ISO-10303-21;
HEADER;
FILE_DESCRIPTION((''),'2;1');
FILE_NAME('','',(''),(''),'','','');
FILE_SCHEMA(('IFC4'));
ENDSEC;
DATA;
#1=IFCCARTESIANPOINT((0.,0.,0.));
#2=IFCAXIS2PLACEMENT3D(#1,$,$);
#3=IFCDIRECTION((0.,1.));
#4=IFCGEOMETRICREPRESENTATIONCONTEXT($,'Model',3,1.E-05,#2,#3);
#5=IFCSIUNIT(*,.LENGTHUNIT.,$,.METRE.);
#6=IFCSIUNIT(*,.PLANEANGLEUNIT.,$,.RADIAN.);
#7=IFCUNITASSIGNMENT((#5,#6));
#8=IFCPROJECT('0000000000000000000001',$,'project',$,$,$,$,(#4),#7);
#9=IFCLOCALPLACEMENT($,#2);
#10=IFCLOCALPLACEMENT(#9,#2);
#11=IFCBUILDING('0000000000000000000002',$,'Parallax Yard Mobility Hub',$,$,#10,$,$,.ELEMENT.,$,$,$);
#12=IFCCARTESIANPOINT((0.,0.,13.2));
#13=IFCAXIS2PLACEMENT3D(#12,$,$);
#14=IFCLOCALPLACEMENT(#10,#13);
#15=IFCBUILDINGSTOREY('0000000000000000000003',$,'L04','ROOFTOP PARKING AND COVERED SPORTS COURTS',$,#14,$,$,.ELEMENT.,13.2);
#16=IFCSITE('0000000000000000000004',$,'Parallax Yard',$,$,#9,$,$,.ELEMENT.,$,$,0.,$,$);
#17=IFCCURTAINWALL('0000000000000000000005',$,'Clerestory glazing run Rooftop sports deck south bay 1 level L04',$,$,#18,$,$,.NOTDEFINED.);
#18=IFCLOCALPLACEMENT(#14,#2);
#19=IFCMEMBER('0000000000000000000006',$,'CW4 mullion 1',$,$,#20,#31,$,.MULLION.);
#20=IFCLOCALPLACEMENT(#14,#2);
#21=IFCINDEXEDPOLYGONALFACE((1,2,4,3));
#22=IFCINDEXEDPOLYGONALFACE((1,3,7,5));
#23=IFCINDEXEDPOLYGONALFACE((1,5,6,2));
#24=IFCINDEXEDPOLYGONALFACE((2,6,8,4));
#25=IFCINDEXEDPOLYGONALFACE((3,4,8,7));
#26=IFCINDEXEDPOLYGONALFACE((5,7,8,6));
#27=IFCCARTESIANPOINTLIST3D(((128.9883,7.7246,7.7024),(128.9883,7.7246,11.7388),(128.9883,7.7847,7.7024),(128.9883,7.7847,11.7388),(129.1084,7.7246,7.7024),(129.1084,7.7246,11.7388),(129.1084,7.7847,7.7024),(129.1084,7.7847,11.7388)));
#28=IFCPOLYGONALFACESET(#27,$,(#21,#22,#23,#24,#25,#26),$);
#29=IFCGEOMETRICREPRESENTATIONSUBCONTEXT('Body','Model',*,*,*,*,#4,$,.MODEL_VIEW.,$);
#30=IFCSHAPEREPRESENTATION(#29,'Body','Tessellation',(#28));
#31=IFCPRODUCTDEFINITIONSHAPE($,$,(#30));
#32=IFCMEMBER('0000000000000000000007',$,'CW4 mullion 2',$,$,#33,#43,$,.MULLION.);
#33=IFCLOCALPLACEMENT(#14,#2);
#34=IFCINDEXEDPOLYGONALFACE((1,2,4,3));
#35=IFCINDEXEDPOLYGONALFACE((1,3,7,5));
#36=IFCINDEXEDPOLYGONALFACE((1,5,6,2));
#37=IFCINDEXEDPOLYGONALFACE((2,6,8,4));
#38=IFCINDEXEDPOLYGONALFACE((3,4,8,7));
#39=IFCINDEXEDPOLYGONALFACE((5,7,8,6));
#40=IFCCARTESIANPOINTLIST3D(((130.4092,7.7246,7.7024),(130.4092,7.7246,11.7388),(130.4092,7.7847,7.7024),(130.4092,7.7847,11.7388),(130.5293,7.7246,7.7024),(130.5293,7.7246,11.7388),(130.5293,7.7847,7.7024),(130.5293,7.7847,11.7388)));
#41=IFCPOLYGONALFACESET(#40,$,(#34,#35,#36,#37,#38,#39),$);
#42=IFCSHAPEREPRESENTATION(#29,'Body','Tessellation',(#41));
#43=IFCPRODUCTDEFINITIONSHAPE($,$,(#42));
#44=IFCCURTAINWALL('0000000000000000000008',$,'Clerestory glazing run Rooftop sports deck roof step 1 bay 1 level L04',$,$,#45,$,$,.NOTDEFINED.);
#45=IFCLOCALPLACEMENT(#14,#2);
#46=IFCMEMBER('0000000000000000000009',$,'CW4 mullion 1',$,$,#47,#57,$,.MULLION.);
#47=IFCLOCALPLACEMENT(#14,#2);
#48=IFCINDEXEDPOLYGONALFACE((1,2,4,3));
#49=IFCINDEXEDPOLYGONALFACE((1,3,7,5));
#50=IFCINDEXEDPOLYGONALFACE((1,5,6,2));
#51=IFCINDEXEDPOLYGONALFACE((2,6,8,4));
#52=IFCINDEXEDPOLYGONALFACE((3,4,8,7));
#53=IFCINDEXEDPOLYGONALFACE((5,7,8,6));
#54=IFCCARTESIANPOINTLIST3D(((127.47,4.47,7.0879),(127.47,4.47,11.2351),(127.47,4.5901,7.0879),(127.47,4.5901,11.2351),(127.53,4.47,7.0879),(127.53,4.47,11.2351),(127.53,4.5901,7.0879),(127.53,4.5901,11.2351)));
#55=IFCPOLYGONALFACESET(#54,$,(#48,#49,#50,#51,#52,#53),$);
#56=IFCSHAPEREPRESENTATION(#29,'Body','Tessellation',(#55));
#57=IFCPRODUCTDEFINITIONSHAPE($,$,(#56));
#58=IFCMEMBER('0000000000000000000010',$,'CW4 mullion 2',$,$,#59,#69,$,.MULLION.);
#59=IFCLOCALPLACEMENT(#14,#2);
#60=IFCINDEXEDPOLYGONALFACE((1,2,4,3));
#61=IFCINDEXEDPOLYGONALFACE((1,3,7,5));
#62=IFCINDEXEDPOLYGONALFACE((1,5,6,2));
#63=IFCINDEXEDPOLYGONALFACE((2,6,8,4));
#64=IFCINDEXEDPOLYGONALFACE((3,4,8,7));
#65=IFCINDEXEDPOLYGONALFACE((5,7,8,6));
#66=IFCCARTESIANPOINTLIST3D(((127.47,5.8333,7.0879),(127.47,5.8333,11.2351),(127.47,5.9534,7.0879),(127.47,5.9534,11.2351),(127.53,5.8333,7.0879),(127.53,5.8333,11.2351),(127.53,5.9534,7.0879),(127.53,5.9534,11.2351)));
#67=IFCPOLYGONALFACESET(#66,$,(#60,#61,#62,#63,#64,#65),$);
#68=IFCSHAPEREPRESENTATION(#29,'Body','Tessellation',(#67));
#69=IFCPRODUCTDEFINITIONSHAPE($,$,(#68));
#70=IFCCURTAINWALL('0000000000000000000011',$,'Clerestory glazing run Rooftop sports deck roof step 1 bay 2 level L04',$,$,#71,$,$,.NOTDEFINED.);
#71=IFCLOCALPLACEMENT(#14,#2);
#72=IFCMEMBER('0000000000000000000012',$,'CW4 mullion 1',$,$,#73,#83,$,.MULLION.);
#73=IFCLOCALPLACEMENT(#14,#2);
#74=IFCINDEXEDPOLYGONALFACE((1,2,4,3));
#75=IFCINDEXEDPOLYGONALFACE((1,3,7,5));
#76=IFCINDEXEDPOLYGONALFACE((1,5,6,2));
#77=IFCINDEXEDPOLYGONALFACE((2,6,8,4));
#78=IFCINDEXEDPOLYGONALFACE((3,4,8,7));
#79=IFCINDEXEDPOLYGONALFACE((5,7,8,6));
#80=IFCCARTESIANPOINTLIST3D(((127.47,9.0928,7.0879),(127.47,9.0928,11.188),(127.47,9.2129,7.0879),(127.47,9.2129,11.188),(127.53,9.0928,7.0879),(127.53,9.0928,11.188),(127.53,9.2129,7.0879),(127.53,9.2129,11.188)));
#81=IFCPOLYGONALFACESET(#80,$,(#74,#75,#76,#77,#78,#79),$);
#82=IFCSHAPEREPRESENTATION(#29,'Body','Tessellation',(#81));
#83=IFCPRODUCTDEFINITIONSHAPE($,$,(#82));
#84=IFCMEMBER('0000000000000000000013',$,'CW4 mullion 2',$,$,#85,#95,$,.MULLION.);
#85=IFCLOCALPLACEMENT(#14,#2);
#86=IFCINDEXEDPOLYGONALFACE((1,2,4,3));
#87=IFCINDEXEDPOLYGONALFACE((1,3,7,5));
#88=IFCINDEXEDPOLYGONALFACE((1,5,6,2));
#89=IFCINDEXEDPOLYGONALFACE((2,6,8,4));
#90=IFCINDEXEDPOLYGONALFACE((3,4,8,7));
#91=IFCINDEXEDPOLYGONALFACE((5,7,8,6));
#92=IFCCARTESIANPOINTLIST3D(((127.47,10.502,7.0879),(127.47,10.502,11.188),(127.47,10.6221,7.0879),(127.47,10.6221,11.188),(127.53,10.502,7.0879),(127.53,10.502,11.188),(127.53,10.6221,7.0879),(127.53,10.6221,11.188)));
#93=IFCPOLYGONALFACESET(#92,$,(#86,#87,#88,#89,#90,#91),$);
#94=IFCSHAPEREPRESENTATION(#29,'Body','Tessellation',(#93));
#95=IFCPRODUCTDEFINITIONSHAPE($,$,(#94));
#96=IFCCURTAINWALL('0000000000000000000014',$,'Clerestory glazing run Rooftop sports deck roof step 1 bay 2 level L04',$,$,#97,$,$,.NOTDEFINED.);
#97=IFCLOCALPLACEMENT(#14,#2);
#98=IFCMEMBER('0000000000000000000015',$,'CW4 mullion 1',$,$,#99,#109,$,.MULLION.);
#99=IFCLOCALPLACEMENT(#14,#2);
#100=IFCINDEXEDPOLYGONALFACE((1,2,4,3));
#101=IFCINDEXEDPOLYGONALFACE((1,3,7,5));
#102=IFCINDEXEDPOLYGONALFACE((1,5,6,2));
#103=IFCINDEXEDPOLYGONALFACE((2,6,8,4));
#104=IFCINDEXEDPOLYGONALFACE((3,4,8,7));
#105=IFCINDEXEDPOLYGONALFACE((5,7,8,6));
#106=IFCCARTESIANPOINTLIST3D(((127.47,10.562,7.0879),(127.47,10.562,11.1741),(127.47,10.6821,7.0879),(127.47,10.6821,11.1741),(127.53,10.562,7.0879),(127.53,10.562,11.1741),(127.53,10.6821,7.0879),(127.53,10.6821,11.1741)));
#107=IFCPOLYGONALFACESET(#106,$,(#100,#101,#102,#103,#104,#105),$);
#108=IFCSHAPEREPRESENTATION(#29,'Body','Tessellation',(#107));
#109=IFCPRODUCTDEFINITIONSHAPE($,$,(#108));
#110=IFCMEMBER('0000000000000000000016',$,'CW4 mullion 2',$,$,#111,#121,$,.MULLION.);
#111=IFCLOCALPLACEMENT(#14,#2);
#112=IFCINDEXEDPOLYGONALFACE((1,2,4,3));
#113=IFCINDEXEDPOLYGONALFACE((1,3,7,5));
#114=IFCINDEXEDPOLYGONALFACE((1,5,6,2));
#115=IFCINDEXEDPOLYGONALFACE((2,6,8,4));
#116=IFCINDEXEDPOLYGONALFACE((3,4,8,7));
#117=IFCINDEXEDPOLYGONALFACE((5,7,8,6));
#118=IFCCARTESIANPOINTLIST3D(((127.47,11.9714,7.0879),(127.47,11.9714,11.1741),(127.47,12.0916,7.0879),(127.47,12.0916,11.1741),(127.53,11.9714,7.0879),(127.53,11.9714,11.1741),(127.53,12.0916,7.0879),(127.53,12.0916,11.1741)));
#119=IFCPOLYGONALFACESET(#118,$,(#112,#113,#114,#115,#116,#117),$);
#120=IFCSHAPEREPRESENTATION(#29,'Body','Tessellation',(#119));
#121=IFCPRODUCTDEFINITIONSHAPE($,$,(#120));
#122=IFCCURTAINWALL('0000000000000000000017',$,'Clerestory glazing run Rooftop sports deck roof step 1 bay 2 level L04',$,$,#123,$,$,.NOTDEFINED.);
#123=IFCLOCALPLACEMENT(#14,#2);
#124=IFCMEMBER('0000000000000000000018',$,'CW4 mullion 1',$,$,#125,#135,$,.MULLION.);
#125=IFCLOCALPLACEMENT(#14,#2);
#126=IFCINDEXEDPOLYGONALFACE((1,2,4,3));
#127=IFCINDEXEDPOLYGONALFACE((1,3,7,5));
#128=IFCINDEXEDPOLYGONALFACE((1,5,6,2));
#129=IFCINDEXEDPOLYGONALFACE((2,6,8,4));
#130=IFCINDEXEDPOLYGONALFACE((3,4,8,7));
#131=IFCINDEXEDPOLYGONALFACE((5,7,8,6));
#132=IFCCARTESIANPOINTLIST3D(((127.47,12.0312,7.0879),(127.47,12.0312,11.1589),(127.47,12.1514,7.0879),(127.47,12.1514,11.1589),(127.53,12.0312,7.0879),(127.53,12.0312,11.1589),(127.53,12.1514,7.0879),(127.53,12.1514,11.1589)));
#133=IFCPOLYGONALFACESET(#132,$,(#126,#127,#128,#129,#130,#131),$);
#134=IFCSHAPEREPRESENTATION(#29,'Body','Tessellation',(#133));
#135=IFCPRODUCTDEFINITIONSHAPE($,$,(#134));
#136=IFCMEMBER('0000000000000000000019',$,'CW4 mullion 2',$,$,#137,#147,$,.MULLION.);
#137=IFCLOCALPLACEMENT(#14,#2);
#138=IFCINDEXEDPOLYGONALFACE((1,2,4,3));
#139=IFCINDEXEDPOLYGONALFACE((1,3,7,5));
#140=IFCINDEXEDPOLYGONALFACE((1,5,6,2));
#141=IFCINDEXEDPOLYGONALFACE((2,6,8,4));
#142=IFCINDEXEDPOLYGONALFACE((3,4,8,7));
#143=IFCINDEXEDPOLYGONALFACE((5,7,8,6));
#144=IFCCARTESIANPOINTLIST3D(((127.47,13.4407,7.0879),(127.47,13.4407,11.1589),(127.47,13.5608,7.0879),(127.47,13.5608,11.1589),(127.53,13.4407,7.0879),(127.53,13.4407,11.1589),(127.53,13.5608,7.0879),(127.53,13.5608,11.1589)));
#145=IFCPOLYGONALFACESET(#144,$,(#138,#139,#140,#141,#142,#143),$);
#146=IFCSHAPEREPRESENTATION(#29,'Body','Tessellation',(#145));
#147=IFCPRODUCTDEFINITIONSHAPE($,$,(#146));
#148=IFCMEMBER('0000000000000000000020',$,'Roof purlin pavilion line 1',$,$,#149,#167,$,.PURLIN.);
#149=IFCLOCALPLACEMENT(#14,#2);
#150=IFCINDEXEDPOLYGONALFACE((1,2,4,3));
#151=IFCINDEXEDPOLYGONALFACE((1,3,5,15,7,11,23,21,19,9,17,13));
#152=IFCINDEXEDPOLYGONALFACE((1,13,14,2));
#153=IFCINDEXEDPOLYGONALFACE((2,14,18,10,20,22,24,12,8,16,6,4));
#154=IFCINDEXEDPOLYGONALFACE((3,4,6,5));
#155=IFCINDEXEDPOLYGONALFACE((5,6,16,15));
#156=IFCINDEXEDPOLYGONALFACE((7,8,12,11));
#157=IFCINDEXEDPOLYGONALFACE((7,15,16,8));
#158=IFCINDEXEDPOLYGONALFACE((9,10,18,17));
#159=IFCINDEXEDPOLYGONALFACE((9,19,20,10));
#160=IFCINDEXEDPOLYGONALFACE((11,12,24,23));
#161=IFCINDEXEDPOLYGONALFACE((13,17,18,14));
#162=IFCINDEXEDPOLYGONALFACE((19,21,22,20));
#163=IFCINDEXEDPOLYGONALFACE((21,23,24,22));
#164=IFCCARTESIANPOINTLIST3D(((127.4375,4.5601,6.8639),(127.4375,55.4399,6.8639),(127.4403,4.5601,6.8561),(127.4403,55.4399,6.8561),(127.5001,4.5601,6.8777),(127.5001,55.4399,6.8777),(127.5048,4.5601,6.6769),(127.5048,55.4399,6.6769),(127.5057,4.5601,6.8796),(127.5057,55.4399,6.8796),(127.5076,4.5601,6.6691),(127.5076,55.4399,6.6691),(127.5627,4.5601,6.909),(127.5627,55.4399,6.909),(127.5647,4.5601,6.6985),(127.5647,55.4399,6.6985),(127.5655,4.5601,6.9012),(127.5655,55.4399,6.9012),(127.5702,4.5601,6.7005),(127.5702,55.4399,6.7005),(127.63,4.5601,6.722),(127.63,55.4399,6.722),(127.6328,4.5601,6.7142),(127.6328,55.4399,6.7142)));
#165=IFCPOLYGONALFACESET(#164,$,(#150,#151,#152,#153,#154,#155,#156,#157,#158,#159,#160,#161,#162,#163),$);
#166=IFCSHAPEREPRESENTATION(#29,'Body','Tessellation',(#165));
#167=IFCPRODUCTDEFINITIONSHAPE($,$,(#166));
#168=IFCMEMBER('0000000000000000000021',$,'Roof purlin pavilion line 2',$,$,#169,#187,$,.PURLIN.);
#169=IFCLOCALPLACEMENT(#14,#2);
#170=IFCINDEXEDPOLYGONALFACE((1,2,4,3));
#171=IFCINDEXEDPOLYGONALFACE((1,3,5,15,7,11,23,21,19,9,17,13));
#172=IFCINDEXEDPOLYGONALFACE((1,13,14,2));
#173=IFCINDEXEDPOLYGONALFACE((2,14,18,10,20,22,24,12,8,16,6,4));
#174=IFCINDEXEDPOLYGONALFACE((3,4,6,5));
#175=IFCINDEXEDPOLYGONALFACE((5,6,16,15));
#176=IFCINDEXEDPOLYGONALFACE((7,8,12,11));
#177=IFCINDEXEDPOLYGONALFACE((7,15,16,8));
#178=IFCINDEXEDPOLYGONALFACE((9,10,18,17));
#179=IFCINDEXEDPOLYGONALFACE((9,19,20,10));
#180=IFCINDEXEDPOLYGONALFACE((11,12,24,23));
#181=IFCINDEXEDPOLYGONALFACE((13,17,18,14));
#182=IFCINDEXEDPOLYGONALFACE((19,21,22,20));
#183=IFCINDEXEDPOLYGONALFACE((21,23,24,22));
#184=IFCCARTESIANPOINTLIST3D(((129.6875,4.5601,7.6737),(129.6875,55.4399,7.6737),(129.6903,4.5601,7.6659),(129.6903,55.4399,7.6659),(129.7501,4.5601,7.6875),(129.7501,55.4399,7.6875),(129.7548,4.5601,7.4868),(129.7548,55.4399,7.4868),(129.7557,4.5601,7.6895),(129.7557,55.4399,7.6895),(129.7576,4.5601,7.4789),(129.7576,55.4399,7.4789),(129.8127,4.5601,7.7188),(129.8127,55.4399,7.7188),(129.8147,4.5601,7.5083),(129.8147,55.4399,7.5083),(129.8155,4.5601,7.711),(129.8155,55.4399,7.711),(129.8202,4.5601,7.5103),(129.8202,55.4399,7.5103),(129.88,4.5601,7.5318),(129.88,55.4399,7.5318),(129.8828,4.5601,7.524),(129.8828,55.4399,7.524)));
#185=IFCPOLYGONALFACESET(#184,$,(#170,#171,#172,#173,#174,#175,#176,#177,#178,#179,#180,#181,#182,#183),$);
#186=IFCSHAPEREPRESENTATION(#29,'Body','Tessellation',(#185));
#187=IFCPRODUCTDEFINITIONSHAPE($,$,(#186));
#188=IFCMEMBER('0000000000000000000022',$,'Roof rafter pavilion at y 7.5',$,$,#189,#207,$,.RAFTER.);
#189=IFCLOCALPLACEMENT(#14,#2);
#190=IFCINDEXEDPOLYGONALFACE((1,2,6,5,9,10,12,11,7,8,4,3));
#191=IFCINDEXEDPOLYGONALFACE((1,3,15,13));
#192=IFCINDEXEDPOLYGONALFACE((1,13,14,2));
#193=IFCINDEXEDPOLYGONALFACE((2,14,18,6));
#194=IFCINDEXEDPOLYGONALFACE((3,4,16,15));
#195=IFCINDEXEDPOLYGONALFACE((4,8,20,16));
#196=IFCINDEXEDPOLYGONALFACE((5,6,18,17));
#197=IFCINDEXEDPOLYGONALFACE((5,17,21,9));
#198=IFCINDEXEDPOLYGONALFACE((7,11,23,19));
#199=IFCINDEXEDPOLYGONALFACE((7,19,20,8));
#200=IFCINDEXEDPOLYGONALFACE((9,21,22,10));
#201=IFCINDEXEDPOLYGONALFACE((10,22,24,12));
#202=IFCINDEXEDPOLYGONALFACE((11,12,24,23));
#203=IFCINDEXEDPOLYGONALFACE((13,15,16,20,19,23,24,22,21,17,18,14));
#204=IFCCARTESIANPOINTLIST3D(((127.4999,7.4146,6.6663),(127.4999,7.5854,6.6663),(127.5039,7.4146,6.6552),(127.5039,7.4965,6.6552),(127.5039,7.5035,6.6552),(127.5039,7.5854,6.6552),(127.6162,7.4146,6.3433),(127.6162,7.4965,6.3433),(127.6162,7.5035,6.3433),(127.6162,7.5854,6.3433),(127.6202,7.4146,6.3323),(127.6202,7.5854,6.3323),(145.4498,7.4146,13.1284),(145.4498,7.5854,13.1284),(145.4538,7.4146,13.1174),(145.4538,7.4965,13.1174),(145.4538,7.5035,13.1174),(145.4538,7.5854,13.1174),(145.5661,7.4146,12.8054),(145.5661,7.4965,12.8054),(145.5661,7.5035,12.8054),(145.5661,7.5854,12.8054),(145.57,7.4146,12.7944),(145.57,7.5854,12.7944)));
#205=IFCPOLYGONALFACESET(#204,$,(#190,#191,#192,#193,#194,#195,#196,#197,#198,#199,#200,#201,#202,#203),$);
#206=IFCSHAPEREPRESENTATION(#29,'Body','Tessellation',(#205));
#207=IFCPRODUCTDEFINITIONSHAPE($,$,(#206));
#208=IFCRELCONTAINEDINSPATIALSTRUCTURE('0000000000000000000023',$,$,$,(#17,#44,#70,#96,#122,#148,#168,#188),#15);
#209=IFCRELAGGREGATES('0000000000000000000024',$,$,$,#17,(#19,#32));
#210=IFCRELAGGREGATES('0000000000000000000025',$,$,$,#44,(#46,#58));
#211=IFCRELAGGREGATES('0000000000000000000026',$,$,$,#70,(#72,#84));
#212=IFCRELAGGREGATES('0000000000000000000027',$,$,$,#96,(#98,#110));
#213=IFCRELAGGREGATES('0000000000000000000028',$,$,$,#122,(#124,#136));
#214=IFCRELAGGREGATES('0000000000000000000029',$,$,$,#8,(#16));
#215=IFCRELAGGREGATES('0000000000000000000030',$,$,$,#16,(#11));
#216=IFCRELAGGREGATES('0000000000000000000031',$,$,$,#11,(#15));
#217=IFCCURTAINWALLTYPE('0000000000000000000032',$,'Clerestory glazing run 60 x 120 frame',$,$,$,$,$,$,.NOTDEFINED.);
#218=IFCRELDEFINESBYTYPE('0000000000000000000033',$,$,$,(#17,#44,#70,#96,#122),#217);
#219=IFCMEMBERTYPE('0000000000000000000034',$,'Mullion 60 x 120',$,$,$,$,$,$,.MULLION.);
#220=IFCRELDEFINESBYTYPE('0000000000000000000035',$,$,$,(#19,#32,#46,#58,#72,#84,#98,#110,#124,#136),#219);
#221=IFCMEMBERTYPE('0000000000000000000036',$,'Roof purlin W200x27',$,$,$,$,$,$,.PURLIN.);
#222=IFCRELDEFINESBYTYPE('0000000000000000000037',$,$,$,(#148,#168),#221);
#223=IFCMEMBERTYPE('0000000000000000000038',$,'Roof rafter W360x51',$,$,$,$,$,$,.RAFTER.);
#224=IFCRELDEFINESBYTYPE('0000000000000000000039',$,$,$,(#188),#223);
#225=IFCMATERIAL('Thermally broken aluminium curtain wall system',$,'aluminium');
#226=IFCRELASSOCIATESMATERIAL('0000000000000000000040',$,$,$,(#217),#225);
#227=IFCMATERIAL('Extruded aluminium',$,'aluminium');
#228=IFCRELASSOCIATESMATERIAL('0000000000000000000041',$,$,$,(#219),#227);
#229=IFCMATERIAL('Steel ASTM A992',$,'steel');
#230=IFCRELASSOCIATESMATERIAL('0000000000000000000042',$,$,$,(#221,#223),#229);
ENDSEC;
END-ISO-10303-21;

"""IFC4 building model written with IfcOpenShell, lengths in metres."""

from ifc_helpers import new_model, si_unit, direction, frame, origin, origin_2d, place, context, subcontext, project, spatial, rectangle, i_section, extrude, material, material_profile, profile_set, type_object, element, aggregate, save


model = new_model("IFC4")

# Units and contexts
model_context = context("Model", 3, precision=1e-05, world=origin(), true_north=direction((0.0, 1.0)))
body_context = subcontext(model_context, "Body", "Model", "MODEL_VIEW")
ifc_project = project(units=[si_unit("LENGTHUNIT", "METRE"), si_unit("PLANEANGLEUNIT", "RADIAN")], contexts=[model_context])

# Site, building, storey
site_placement = place(None, origin())
site = spatial("IfcSite", under=ifc_project, at=site_placement, Name="Parallax Yard", CompositionType="ELEMENT", RefElevation=0.0)
building_placement = place(site_placement, origin())
building = spatial("IfcBuilding", under=site, at=building_placement, Name="Parallax Yard Mobility Hub", CompositionType="ELEMENT")
storey_placement = place(building_placement, frame((0.0, 0.0, 13.2)))
storey = spatial("IfcBuildingStorey", under=building, at=storey_placement, Name="L04", Description="ROOFTOP PARKING AND COVERED SPORTS COURTS", CompositionType="ELEMENT", Elevation=13.2)

# Curtain walls, members
ifc_material_1 = material(Name="Thermally broken aluminium curtain wall system", Category="aluminium")
curtain_wall_type = type_object("IfcCurtainWallType", Name="Clerestory glazing run 60 x 120 frame", PredefinedType="NOTDEFINED", material=ifc_material_1)
curtain_wall_1_placement = place(storey_placement, origin())
curtain_wall_1 = element("IfcCurtainWall", 1, at=curtain_wall_1_placement, inside=storey, type_object=curtain_wall_type, Name="Clerestory glazing run Rooftop sports deck south bay 1 level L04", PredefinedType="NOTDEFINED")
ifc_material_2 = material(Name="Extruded aluminium", Category="aluminium")
ifc_material_profile_1 = material_profile(ifc_material_2, rectangle(XDim=0.0601, YDim=0.1201, at=origin_2d()), Name="Mullion 60 x 120")
ifc_profile_set_1 = profile_set([ifc_material_profile_1], Name="Extruded aluminium")
member_type_1 = type_object("IfcMemberType", Name="Mullion 60 x 120", PredefinedType="MULLION", material=ifc_profile_set_1)
member_1_placement = place(storey_placement, frame((129.0483, 7.7546, 7.7024), z_axis=(0.0, 0.0, 1.0), x_axis=(0.0, 1.0, 0.0)))
member_1 = element("IfcMember", 2, at=member_1_placement, type_object=member_type_1, Name="CW4 mullion 1", PredefinedType="MULLION", context=body_context, shape_type="SweptSolid", body=[
    extrude(rectangle(XDim=0.0601, YDim=0.1201, at=origin_2d()), origin(), (0.0, 0.0, 1.0), 4.0364),
])
member_2_placement = place(storey_placement, frame((130.4692, 7.7546, 7.7024), z_axis=(0.0, 0.0, 1.0), x_axis=(0.0, 1.0, 0.0)))
member_2 = element("IfcMember", 3, at=member_2_placement, type_object=member_type_1, Name="CW4 mullion 2", PredefinedType="MULLION", context=body_context, shape_type="SweptSolid", body=[
    extrude(rectangle(XDim=0.0601, YDim=0.1201, at=origin_2d()), origin(), (0.0, 0.0, 1.0), 4.0364),
])
curtain_wall_2_placement = place(storey_placement, origin())
curtain_wall_2 = element("IfcCurtainWall", 4, at=curtain_wall_2_placement, inside=storey, type_object=curtain_wall_type, Name="Clerestory glazing run Rooftop sports deck roof step 1 bay 1 level L04", PredefinedType="NOTDEFINED")
member_3_placement = place(storey_placement, frame((127.5, 4.53, 7.0879), z_axis=(0.0, 0.0, 1.0), x_axis=(-1.0, 0.0, 0.0)))
member_3 = element("IfcMember", 5, at=member_3_placement, type_object=member_type_1, Name="CW4 mullion 1", PredefinedType="MULLION", context=body_context, shape_type="SweptSolid", body=[
    extrude(rectangle(XDim=0.0601, YDim=0.1201, at=origin_2d()), origin(), (0.0, 0.0, 1.0), 4.1472),
])
member_4_placement = place(storey_placement, frame((127.5, 5.8933, 7.0879), z_axis=(0.0, 0.0, 1.0), x_axis=(-1.0, 0.0, 0.0)))
member_4 = element("IfcMember", 6, at=member_4_placement, type_object=member_type_1, Name="CW4 mullion 2", PredefinedType="MULLION", context=body_context, shape_type="SweptSolid", body=[
    extrude(rectangle(XDim=0.0601, YDim=0.1201, at=origin_2d()), origin(), (0.0, 0.0, 1.0), 4.1472),
])
curtain_wall_3_placement = place(storey_placement, origin())
curtain_wall_3 = element("IfcCurtainWall", 7, at=curtain_wall_3_placement, inside=storey, type_object=curtain_wall_type, Name="Clerestory glazing run Rooftop sports deck roof step 1 bay 2 level L04", PredefinedType="NOTDEFINED")
member_5_placement = place(storey_placement, frame((127.5, 9.1528, 7.0879), z_axis=(0.0, 0.0, 1.0), x_axis=(-1.0, 0.0, 0.0)))
member_5 = element("IfcMember", 8, at=member_5_placement, type_object=member_type_1, Name="CW4 mullion 1", PredefinedType="MULLION", context=body_context, shape_type="SweptSolid", body=[
    extrude(rectangle(XDim=0.0601, YDim=0.1201, at=origin_2d()), origin(), (0.0, 0.0, 1.0), 4.1001),
])
member_6_placement = place(storey_placement, frame((127.5, 10.562, 7.0879), z_axis=(0.0, 0.0, 1.0), x_axis=(-1.0, 0.0, 0.0)))
member_6 = element("IfcMember", 9, at=member_6_placement, type_object=member_type_1, Name="CW4 mullion 2", PredefinedType="MULLION", context=body_context, shape_type="SweptSolid", body=[
    extrude(rectangle(XDim=0.0601, YDim=0.1201, at=origin_2d()), origin(), (0.0, 0.0, 1.0), 4.1001),
])
curtain_wall_4_placement = place(storey_placement, origin())
curtain_wall_4 = element("IfcCurtainWall", 10, at=curtain_wall_4_placement, inside=storey, type_object=curtain_wall_type, Name="Clerestory glazing run Rooftop sports deck roof step 1 bay 2 level L04", PredefinedType="NOTDEFINED")
member_7_placement = place(storey_placement, frame((127.5, 10.6221, 7.0879), z_axis=(0.0, 0.0, 1.0), x_axis=(-1.0, 0.0, 0.0)))
member_7 = element("IfcMember", 11, at=member_7_placement, type_object=member_type_1, Name="CW4 mullion 1", PredefinedType="MULLION", context=body_context, shape_type="SweptSolid", body=[
    extrude(rectangle(XDim=0.0601, YDim=0.1201, at=origin_2d()), origin(), (0.0, 0.0, 1.0), 4.0862),
])
member_8_placement = place(storey_placement, frame((127.5, 12.0315, 7.0879), z_axis=(0.0, 0.0, 1.0), x_axis=(-1.0, 0.0, 0.0)))
member_8 = element("IfcMember", 12, at=member_8_placement, type_object=member_type_1, Name="CW4 mullion 2", PredefinedType="MULLION", context=body_context, shape_type="SweptSolid", body=[
    extrude(rectangle(XDim=0.0601, YDim=0.1201, at=origin_2d()), origin(), (0.0, 0.0, 1.0), 4.0862),
])
curtain_wall_5_placement = place(storey_placement, origin())
curtain_wall_5 = element("IfcCurtainWall", 13, at=curtain_wall_5_placement, inside=storey, type_object=curtain_wall_type, Name="Clerestory glazing run Rooftop sports deck roof step 1 bay 2 level L04", PredefinedType="NOTDEFINED")
member_9_placement = place(storey_placement, frame((127.5, 12.0913, 7.0879), z_axis=(0.0, 0.0, 1.0), x_axis=(-1.0, 0.0, 0.0)))
member_9 = element("IfcMember", 14, at=member_9_placement, type_object=member_type_1, Name="CW4 mullion 1", PredefinedType="MULLION", context=body_context, shape_type="SweptSolid", body=[
    extrude(rectangle(XDim=0.0601, YDim=0.1201, at=origin_2d()), origin(), (0.0, 0.0, 1.0), 4.071),
])
member_10_placement = place(storey_placement, frame((127.5, 13.5007, 7.0879), z_axis=(0.0, 0.0, 1.0), x_axis=(-1.0, 0.0, 0.0)))
member_10 = element("IfcMember", 15, at=member_10_placement, type_object=member_type_1, Name="CW4 mullion 2", PredefinedType="MULLION", context=body_context, shape_type="SweptSolid", body=[
    extrude(rectangle(XDim=0.0601, YDim=0.1201, at=origin_2d()), origin(), (0.0, 0.0, 1.0), 4.071),
])

# Members
ifc_material_3 = material(Name="Steel ASTM A992", Category="steel")
ifc_material_profile_2 = material_profile(ifc_material_3, i_section(OverallWidth=0.1331, OverallDepth=0.207, WebThickness=0.0059, FlangeThickness=0.0083, at=origin_2d()), Name="W200x27")
ifc_profile_set_2 = profile_set([ifc_material_profile_2], Name="Steel ASTM A992")
member_type_2 = type_object("IfcMemberType", Name="Roof purlin W200x27", PredefinedType="PURLIN", material=ifc_profile_set_2)
for number, where, z_axis, x_axis, name in (
    (16, (127.5352, 4.5601, 6.7891), (0.0, 1.0, 0.0), (-0.940887, 0.0, -0.33872), "Roof purlin pavilion line 1"),
    (17, (129.7852, 4.5601, 7.5989), (0.0, 1.0, 0.0), (-0.940887, 0.0, -0.33872), "Roof purlin pavilion line 2"),
):
    element("IfcMember", number, at=place(storey_placement, frame(where, z_axis=z_axis, x_axis=x_axis)), inside=storey, type_object=member_type_2, Name=name, PredefinedType="PURLIN", context=body_context, shape_type="SweptSolid", body=[
        extrude(i_section(OverallWidth=0.1331, OverallDepth=0.207, WebThickness=0.0059, FlangeThickness=0.0083, at=origin_2d()), origin(), (0.0, 0.0, 1.0), 50.8799),
    ])
ifc_material_profile_3 = material_profile(ifc_material_3, i_section(OverallWidth=0.1709, OverallDepth=0.355, WebThickness=0.0071, FlangeThickness=0.0117, at=origin_2d()), Name="W360x51")
ifc_profile_set_3 = profile_set([ifc_material_profile_3], Name="Steel ASTM A992")
member_type_3 = type_object("IfcMemberType", Name="Roof rafter W360x51", PredefinedType="RAFTER", material=ifc_profile_set_3)
for number, where, z_axis, x_axis, name in (
    (18, (127.5601, 7.5, 6.4993), (0.940884, 0.0, 0.338728), (0.0, 1.0, 0.0), "Roof rafter pavilion at y 7.5"),
):
    element("IfcMember", number, at=place(storey_placement, frame(where, z_axis=z_axis, x_axis=x_axis)), inside=storey, type_object=member_type_3, Name=name, PredefinedType="RAFTER", context=body_context, shape_type="SweptSolid", body=[
        extrude(i_section(OverallWidth=0.1709, OverallDepth=0.355, WebThickness=0.0071, FlangeThickness=0.0117, at=origin_2d()), origin(), (0.0, 0.0, 1.0), 19.0776),
    ])

aggregate(curtain_wall_1, [member_1, member_2])
aggregate(curtain_wall_2, [member_3, member_4])
aggregate(curtain_wall_3, [member_5, member_6])
aggregate(curtain_wall_4, [member_7, member_8])
aggregate(curtain_wall_5, [member_9, member_10])

save(model, "model.ifc")
